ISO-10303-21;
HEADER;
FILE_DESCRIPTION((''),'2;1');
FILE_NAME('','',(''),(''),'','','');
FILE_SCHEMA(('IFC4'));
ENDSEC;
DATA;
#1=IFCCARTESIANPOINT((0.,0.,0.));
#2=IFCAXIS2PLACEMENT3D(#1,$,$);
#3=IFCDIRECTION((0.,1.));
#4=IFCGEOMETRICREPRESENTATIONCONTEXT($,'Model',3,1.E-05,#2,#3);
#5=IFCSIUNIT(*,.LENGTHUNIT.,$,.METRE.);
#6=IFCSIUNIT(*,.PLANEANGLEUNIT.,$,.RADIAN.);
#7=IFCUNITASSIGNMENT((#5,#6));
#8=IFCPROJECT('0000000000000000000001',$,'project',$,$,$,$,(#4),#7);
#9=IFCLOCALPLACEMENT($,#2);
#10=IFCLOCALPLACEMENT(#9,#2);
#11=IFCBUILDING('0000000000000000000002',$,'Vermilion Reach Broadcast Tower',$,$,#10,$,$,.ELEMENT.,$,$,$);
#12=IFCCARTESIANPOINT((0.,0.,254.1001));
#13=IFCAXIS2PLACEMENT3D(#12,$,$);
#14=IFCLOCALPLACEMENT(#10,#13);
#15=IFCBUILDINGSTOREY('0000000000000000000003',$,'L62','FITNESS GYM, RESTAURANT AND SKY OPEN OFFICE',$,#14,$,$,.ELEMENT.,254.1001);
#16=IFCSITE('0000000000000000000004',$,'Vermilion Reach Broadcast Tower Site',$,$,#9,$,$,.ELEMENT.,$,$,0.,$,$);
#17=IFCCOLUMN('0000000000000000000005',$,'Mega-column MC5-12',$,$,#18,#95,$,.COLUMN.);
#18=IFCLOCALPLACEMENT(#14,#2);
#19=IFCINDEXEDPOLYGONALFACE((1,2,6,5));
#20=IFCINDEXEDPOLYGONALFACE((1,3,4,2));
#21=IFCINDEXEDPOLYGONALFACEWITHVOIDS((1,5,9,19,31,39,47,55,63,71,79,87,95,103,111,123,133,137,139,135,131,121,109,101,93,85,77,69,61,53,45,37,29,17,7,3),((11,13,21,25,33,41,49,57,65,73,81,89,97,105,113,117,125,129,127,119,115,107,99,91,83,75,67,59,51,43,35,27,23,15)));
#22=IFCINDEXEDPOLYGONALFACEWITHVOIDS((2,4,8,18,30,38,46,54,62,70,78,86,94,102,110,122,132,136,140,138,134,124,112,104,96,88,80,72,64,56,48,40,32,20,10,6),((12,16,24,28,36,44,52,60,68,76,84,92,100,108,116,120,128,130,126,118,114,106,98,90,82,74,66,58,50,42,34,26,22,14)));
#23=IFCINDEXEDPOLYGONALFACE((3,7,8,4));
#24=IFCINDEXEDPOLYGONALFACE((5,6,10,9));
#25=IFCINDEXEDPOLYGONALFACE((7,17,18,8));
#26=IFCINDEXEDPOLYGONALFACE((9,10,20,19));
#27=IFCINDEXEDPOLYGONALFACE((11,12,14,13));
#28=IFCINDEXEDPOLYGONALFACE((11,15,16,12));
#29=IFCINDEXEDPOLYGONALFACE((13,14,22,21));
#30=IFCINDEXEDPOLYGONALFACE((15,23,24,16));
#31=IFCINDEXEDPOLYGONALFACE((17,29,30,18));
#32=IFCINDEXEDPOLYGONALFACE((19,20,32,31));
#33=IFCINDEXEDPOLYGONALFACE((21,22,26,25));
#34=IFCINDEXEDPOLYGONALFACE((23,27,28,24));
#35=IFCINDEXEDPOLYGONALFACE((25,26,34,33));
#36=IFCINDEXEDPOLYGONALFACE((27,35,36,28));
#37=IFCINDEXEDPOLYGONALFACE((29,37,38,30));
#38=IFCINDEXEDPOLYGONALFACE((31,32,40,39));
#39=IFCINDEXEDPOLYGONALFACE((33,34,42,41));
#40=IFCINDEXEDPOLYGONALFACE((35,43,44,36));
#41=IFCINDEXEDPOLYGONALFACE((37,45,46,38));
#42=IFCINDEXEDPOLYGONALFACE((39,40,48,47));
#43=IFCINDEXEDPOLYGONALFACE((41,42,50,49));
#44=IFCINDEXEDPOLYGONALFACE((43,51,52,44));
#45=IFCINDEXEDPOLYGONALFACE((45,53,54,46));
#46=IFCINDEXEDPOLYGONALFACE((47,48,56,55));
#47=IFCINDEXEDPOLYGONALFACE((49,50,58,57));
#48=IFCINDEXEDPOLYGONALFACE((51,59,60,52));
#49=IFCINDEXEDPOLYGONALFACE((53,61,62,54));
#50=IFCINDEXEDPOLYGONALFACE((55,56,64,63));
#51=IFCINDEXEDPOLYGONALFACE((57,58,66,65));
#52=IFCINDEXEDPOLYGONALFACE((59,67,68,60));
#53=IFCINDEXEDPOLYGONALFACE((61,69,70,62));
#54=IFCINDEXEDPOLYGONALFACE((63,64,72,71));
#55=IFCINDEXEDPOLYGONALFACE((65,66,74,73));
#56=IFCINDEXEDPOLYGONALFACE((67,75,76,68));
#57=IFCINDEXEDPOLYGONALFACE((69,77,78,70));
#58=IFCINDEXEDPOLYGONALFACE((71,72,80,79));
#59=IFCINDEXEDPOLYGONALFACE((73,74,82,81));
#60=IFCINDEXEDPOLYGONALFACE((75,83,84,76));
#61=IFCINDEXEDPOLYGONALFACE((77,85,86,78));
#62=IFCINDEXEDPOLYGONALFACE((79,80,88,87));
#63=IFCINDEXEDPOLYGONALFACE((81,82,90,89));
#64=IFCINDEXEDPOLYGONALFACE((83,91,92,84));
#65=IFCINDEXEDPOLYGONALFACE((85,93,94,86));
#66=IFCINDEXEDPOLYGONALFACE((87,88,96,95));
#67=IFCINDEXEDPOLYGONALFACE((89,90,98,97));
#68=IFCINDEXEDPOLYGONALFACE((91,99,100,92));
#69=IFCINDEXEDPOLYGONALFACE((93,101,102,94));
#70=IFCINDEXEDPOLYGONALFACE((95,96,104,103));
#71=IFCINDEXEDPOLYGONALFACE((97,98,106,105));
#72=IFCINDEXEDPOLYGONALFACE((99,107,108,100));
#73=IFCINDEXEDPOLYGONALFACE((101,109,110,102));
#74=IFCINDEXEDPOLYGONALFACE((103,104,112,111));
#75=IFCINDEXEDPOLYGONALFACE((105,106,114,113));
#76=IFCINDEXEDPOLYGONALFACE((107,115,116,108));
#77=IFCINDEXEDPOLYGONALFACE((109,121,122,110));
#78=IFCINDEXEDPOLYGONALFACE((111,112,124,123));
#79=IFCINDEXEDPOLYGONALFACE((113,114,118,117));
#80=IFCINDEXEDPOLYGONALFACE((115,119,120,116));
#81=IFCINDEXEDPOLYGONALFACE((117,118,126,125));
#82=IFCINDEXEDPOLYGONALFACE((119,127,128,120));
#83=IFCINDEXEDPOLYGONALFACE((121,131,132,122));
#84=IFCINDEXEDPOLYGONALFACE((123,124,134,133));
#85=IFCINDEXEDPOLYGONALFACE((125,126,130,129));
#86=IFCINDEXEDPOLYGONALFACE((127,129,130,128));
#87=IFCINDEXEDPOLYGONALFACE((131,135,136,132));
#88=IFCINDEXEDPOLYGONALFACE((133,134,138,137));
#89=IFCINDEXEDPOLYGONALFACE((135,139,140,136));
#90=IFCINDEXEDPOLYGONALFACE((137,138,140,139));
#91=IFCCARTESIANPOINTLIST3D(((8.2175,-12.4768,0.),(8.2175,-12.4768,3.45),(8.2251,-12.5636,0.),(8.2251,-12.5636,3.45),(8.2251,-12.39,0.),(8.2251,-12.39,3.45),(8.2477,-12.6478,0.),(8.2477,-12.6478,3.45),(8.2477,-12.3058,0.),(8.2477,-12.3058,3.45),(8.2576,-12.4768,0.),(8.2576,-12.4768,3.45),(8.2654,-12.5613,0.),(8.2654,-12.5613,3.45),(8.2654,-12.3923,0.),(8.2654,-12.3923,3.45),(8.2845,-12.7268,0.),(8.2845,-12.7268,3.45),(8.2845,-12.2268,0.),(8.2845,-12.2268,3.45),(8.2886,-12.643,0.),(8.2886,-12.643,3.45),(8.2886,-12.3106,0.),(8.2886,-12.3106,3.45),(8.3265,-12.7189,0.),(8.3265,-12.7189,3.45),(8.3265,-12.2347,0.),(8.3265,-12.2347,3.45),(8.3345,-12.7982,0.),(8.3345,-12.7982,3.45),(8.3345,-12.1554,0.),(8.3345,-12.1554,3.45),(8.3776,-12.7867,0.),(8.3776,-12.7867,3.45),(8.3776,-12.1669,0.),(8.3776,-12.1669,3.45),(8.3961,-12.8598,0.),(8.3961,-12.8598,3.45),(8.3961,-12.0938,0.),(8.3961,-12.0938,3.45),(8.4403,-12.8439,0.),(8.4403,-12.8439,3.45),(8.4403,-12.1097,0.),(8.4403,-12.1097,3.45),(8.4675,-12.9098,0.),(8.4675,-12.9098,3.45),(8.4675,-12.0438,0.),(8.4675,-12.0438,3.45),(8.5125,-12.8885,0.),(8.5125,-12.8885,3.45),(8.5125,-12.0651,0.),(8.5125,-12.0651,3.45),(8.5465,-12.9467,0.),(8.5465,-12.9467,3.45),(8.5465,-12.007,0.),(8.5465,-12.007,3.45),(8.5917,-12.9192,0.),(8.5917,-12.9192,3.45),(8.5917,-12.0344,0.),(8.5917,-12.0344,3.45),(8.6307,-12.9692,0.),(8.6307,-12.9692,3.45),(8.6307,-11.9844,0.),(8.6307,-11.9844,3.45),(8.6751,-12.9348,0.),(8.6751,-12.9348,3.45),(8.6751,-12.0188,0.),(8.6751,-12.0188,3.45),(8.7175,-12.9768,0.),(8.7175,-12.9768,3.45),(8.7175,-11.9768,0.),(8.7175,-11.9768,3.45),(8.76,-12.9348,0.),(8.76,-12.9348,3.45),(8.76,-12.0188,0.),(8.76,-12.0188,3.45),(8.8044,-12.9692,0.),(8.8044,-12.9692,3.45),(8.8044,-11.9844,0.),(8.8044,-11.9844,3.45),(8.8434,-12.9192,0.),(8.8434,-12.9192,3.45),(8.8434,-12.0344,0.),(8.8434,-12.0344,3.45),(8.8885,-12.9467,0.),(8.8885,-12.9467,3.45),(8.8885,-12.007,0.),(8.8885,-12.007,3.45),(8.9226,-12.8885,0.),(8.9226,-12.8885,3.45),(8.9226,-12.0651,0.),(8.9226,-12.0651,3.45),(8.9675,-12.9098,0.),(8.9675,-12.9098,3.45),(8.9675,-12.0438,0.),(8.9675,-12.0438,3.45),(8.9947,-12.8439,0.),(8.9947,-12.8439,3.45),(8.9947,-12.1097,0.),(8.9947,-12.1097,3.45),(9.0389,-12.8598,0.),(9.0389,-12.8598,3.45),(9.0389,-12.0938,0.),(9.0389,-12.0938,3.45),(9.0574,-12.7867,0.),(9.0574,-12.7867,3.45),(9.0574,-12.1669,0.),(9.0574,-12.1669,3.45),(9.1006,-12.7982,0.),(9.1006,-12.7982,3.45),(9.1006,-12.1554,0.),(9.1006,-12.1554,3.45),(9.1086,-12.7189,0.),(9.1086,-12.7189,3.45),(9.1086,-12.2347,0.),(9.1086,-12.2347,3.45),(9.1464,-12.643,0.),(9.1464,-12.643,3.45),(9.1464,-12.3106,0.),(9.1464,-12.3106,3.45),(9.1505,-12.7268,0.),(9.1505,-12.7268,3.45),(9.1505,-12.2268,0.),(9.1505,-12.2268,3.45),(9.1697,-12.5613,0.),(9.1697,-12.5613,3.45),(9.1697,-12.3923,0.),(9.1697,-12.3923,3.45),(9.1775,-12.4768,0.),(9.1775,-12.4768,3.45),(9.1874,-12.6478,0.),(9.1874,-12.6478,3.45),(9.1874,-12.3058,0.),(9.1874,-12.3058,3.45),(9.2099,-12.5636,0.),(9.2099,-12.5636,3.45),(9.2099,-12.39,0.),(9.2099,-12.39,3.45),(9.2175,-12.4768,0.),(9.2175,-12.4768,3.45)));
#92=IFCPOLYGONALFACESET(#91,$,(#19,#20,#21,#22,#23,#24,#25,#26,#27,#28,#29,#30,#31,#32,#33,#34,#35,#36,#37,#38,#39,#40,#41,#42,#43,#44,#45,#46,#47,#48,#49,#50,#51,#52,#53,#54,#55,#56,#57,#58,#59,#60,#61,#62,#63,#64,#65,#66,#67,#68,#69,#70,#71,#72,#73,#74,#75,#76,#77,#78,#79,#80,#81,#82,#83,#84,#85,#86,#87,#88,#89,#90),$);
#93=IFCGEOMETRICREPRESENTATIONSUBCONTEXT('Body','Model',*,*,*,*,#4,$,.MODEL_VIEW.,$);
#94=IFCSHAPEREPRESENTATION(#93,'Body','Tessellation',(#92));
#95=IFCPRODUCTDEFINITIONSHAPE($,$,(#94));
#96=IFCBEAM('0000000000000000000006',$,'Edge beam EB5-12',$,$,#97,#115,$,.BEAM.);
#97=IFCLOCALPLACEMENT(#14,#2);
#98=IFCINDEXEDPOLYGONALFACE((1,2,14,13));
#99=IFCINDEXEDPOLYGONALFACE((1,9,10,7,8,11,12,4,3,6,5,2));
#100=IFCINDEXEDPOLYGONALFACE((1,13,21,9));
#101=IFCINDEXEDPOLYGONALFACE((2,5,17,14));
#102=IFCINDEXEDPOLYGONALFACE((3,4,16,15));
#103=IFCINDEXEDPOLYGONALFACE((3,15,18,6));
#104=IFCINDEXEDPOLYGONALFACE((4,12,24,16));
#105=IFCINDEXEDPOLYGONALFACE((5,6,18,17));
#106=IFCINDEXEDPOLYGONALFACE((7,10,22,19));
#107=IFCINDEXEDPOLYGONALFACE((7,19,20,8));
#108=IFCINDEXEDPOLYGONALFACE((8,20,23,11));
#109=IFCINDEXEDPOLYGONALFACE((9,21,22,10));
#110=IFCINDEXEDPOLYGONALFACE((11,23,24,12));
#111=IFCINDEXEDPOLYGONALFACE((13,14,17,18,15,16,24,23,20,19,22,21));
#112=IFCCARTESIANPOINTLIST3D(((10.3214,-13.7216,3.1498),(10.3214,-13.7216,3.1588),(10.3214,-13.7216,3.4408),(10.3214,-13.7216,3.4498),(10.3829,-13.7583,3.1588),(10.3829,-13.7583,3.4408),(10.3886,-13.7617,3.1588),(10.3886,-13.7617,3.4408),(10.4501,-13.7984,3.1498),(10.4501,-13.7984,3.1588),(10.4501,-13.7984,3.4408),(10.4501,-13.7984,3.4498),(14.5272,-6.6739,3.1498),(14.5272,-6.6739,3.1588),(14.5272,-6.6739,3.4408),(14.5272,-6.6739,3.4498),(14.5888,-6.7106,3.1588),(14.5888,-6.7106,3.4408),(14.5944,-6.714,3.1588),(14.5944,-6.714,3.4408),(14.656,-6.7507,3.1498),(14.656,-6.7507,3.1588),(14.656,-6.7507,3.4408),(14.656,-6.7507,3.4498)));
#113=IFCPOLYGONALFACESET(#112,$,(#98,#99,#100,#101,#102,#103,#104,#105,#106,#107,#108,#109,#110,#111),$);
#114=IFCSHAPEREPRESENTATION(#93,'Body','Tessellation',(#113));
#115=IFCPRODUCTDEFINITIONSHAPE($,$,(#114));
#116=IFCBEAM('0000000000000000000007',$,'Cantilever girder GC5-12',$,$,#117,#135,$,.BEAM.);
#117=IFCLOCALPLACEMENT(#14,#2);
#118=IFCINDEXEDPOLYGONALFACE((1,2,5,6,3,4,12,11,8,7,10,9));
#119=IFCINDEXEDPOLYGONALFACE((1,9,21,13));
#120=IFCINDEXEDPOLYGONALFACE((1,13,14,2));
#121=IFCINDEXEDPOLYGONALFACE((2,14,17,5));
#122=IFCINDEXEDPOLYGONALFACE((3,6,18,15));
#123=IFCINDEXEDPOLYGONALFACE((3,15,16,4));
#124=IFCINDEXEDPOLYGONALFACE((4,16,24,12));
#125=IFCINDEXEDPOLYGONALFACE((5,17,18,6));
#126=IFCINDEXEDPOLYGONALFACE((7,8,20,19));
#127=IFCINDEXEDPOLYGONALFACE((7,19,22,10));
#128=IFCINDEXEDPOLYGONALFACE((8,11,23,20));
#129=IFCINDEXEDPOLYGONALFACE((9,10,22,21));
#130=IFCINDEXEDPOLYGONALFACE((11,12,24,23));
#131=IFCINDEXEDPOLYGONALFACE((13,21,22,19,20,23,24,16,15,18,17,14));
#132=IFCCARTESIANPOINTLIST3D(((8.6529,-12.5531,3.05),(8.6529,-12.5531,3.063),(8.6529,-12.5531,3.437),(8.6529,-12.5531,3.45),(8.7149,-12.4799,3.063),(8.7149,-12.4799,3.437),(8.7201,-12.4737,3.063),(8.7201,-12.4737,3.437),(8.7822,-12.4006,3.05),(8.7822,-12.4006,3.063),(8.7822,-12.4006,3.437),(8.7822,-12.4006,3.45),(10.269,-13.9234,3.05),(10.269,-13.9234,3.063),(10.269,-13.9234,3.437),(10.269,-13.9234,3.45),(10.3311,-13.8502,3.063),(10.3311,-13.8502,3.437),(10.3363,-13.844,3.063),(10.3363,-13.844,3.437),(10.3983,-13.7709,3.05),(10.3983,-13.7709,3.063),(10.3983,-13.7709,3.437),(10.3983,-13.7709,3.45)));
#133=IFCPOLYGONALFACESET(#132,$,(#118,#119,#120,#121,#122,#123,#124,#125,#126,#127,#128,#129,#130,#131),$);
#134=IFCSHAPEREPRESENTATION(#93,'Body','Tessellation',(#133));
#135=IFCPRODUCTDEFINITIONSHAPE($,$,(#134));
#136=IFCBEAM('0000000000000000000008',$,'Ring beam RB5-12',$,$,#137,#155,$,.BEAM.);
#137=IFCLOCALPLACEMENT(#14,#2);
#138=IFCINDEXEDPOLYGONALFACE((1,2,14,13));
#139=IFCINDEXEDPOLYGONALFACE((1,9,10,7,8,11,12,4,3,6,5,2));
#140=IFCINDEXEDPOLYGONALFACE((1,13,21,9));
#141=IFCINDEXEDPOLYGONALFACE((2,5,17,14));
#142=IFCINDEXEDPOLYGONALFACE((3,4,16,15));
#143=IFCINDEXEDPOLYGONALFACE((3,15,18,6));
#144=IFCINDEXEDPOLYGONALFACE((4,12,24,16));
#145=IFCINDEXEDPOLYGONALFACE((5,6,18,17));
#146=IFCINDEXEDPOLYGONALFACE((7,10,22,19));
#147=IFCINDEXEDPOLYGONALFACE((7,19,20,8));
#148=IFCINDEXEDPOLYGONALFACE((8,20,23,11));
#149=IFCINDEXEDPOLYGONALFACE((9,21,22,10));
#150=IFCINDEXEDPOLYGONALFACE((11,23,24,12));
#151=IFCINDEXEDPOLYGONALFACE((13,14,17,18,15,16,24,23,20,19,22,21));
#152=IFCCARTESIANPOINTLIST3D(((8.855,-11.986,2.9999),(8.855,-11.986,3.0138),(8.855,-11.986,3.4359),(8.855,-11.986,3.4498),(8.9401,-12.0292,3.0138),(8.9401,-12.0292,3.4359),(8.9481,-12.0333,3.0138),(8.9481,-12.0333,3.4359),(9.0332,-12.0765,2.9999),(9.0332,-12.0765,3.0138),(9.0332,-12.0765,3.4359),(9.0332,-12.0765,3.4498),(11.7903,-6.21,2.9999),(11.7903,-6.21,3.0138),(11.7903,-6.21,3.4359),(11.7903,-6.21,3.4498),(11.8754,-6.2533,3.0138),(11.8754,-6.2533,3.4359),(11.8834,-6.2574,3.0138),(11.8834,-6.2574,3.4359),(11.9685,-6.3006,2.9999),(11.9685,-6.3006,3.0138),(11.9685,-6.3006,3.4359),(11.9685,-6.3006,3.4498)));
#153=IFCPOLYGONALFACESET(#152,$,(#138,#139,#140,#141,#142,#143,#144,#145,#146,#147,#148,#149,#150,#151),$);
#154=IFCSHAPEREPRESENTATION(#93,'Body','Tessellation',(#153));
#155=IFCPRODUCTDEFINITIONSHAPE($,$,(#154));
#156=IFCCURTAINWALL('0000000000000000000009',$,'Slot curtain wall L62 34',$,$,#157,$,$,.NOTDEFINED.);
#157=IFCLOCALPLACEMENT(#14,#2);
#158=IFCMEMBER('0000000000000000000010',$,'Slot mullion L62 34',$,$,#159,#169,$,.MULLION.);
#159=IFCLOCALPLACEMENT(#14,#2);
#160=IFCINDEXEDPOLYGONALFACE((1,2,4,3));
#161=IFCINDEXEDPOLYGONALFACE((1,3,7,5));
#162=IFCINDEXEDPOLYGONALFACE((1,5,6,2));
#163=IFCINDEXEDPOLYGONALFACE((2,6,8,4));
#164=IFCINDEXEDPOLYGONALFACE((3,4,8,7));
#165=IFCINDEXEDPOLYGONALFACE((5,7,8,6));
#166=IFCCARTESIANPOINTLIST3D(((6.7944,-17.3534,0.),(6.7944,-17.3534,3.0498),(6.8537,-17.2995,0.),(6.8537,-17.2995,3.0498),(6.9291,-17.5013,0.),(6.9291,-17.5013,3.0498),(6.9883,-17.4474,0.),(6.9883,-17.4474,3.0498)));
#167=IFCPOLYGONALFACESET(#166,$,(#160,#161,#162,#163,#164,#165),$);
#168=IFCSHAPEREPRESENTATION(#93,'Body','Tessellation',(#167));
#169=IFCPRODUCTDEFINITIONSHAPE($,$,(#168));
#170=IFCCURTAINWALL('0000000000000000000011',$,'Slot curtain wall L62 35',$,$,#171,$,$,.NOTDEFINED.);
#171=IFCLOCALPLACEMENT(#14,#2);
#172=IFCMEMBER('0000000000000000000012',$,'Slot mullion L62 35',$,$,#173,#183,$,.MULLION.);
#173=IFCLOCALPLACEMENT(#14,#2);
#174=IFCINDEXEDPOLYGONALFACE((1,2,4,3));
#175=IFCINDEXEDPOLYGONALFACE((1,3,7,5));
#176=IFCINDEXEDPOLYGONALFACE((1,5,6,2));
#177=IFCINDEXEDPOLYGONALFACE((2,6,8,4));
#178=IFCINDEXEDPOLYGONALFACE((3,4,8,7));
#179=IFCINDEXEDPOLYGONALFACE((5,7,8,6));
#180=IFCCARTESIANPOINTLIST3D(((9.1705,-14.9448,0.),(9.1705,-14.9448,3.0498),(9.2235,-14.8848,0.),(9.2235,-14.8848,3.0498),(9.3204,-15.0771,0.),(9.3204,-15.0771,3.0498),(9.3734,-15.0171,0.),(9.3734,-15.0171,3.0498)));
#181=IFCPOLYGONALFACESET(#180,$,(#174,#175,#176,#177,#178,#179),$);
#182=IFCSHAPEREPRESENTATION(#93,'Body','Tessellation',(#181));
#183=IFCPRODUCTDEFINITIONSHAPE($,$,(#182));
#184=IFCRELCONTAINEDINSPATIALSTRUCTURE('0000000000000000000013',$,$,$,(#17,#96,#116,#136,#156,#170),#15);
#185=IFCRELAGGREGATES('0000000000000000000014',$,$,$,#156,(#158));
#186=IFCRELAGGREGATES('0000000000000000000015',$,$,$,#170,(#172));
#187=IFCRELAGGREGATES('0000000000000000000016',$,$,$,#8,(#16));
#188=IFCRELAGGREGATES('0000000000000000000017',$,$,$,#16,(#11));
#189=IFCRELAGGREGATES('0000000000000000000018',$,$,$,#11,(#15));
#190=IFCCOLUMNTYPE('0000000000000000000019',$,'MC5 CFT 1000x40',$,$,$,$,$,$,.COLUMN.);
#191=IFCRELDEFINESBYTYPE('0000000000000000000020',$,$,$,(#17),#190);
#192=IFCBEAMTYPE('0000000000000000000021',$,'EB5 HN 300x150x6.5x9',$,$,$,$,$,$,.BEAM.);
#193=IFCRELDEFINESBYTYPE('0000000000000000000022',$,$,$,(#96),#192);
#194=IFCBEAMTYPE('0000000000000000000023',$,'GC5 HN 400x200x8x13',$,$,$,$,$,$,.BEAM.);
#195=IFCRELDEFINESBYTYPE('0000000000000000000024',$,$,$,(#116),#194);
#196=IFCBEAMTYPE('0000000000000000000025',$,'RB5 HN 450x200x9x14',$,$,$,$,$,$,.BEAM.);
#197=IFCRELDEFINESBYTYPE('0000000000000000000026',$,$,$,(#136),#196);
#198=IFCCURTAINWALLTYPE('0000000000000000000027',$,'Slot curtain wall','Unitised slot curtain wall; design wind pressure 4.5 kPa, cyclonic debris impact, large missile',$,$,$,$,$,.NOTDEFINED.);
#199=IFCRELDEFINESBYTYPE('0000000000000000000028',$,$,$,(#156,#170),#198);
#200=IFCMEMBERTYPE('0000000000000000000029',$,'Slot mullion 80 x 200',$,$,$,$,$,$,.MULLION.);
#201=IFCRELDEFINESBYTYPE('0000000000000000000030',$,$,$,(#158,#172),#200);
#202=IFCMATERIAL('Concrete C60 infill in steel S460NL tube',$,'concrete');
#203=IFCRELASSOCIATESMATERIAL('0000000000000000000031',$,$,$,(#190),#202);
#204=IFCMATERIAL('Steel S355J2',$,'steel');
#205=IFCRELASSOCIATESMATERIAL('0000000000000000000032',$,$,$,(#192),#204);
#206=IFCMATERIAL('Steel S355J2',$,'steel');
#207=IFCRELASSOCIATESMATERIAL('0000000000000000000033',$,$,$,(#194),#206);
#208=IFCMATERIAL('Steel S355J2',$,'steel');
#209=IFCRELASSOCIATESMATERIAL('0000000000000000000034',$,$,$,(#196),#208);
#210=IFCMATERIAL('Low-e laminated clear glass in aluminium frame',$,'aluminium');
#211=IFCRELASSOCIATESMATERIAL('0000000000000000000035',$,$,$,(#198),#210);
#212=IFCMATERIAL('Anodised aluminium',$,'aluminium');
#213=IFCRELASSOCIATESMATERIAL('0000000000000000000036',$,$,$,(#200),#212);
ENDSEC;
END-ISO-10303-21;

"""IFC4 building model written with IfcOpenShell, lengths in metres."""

from ifc_helpers import new_model, si_unit, direction, frame, origin, origin_2d, place, context, subcontext, project, spatial, rectangle, hollow_circle, i_section, extrude, material, material_profile, profile_set, type_object, element, aggregate, save


model = new_model("IFC4")

# Units and contexts
model_context = context("Model", 3, precision=1e-05, world=origin(), true_north=direction((0.0, 1.0)))
body_context = subcontext(model_context, "Body", "Model", "MODEL_VIEW")
ifc_project = project(units=[si_unit("LENGTHUNIT", "METRE"), si_unit("PLANEANGLEUNIT", "RADIAN")], contexts=[model_context])

# Site, building, storey
site_placement = place(None, origin())
site = spatial("IfcSite", under=ifc_project, at=site_placement, Name="Vermilion Reach Broadcast Tower Site", CompositionType="ELEMENT", RefElevation=0.0)
building_placement = place(site_placement, origin())
building = spatial("IfcBuilding", under=site, at=building_placement, Name="Vermilion Reach Broadcast Tower", CompositionType="ELEMENT")
storey_placement = place(building_placement, frame((0.0, 0.0, 254.1001)))
storey = spatial("IfcBuildingStorey", under=building, at=storey_placement, Name="L62", Description="FITNESS GYM, RESTAURANT AND SKY OPEN OFFICE", CompositionType="ELEMENT", Elevation=254.1001)

# Column
ifc_material_1 = material(Name="Concrete C60 infill in steel S460NL tube", Category="concrete")
ifc_material_profile_1 = material_profile(ifc_material_1, hollow_circle(Radius=0.5, WallThickness=0.04, at=origin_2d()), Name="Concrete C60 infill in steel S460NL tube CFT 1000x40")
ifc_profile_set_1 = profile_set([ifc_material_profile_1], Name="Concrete C60 infill in steel S460NL tube")
column_type = type_object("IfcColumnType", Name="MC5 CFT 1000x40", PredefinedType="COLUMN", material=ifc_profile_set_1)
column_placement = place(storey_placement, frame((8.7175, -12.4768, 0.0), z_axis=(0.0, 0.0, 1.0), x_axis=(1.0, 0.0, 0.0)))
element("IfcColumn", 1, at=column_placement, inside=storey, type_object=column_type, Name="Mega-column MC5-12", PredefinedType="COLUMN", context=body_context, shape_type="SweptSolid", body=[
    extrude(hollow_circle(Radius=0.5, WallThickness=0.04, at=origin_2d()), origin(), (0.0, 0.0, 1.0), 3.45),
])

# Beams
ifc_material_2 = material(Name="Steel S355J2", Category="steel")
ifc_material_profile_2 = material_profile(ifc_material_2, i_section(OverallWidth=0.1499, OverallDepth=0.3, WebThickness=0.0066, FlangeThickness=0.009, at=origin_2d()), Name="S355J2 HN 300x150x6.5x9")
ifc_profile_set_2 = profile_set([ifc_material_profile_2], Name="Steel S355J2")
beam_type_1 = type_object("IfcBeamType", Name="EB5 HN 300x150x6.5x9", PredefinedType="BEAM", material=ifc_profile_set_2)
beam_1_placement = place(storey_placement, frame((10.3857, -13.76, 3.2998), z_axis=(0.512456, 0.858714, 0.0), x_axis=(-0.858714, 0.512456, 0.0)))
element("IfcBeam", 2, at=beam_1_placement, inside=storey, type_object=beam_type_1, Name="Edge beam EB5-12", PredefinedType="BEAM", context=body_context, shape_type="SweptSolid", body=[
    extrude(i_section(OverallWidth=0.1499, OverallDepth=0.3, WebThickness=0.0066, FlangeThickness=0.009, at=origin_2d()), origin(), (0.0, 0.0, 1.0), 8.2073),
])
ifc_material_3 = material(Name="Steel S355J2", Category="steel")
ifc_material_profile_3 = material_profile(ifc_material_3, i_section(OverallWidth=0.2, OverallDepth=0.3999, WebThickness=0.0081, FlangeThickness=0.0129, at=origin_2d()), Name="S355J2 HN 400x200x8x13")
ifc_profile_set_3 = profile_set([ifc_material_profile_3], Name="Steel S355J2")
beam_type_2 = type_object("IfcBeamType", Name="GC5 HN 400x200x8x13", PredefinedType="BEAM", material=ifc_profile_set_3)
beam_2_placement = place(storey_placement, frame((8.7175, -12.4768, 3.25), z_axis=(0.762735, -0.646711, 0.0), x_axis=(0.646711, 0.762735, 0.0)))
element("IfcBeam", 3, at=beam_2_placement, inside=storey, type_object=beam_type_2, Name="Cantilever girder GC5-12", PredefinedType="BEAM", context=body_context, shape_type="SweptSolid", body=[
    extrude(i_section(OverallWidth=0.2, OverallDepth=0.3999, WebThickness=0.0081, FlangeThickness=0.0129, at=origin_2d()), origin(), (0.0, 0.0, 1.0), 2.1189),
])
ifc_material_4 = material(Name="Steel S355J2", Category="steel")
ifc_material_profile_4 = material_profile(ifc_material_4, i_section(OverallWidth=0.2, OverallDepth=0.45, WebThickness=0.009, FlangeThickness=0.0139, at=origin_2d()), Name="S355J2 HN 450x200x9x14")
ifc_profile_set_4 = profile_set([ifc_material_profile_4], Name="Steel S355J2")
beam_type_3 = type_object("IfcBeamType", Name="RB5 HN 450x200x9x14", PredefinedType="BEAM", material=ifc_profile_set_4)
beam_3_placement = place(storey_placement, frame((8.9441, -12.0312, 3.2249), z_axis=(0.453052, 0.891484, 0.0), x_axis=(-0.891484, 0.453052, 0.0)))
element("IfcBeam", 4, at=beam_3_placement, inside=storey, type_object=beam_type_3, Name="Ring beam RB5-12", PredefinedType="BEAM", context=body_context, shape_type="SweptSolid", body=[
    extrude(i_section(OverallWidth=0.2, OverallDepth=0.45, WebThickness=0.009, FlangeThickness=0.0139, at=origin_2d()), origin(), (0.0, 0.0, 1.0), 6.479),
])

# Curtain walls, members
ifc_material_5 = material(Name="Low-e laminated clear glass in aluminium frame", Category="aluminium")
curtain_wall_type = type_object("IfcCurtainWallType", Name="Slot curtain wall", Description="Unitised slot curtain wall; design wind pressure 4.5 kPa, cyclonic debris impact, large missile", PredefinedType="NOTDEFINED", material=ifc_material_5)
placement = place(storey_placement, origin())
curtain_wall_1 = element("IfcCurtainWall", 5, at=placement, inside=storey, type_object=curtain_wall_type, Name="Slot curtain wall L62 34", PredefinedType="NOTDEFINED")
ifc_material_6 = material(Name="Anodised aluminium", Category="aluminium")
ifc_material_profile_5 = material_profile(ifc_material_6, rectangle(XDim=0.2, YDim=0.0801, at=origin_2d()), Name="Slot mullion 80 x 200")
ifc_profile_set_5 = profile_set([ifc_material_profile_5], Name="Anodised aluminium")
member_type_1 = type_object("IfcMemberType", Name="Slot mullion 80 x 200", PredefinedType="MULLION", material=ifc_profile_set_5)
member_1_placement = place(storey_placement, frame((6.8914, -17.4004, 0.0), z_axis=(0.0, 0.0, 1.0), x_axis=(-0.673258, 0.739408, 0.0)))
member_1 = element("IfcMember", 6, at=member_1_placement, type_object=member_type_1, Name="Slot mullion L62 34", PredefinedType="MULLION", context=body_context, shape_type="SweptSolid", body=[
    extrude(rectangle(XDim=0.2, YDim=0.0801, at=origin_2d()), origin(), (0.0, 0.0, 1.0), 3.0498),
])
curtain_wall_2 = element("IfcCurtainWall", 7, at=placement, inside=storey, type_object=curtain_wall_type, Name="Slot curtain wall L62 35", PredefinedType="NOTDEFINED")
member_2_placement = place(storey_placement, frame((9.272, -14.981, 0.0), z_axis=(0.0, 0.0, 1.0), x_axis=(-0.749581, 0.661913, 0.0)))
member_2 = element("IfcMember", 8, at=member_2_placement, type_object=member_type_1, Name="Slot mullion L62 35", PredefinedType="MULLION", context=body_context, shape_type="SweptSolid", body=[
    extrude(rectangle(XDim=0.2, YDim=0.0801, at=origin_2d()), origin(), (0.0, 0.0, 1.0), 3.0498),
])

aggregate(curtain_wall_1, [member_1])
aggregate(curtain_wall_2, [member_2])

save(model, "model.ifc")
